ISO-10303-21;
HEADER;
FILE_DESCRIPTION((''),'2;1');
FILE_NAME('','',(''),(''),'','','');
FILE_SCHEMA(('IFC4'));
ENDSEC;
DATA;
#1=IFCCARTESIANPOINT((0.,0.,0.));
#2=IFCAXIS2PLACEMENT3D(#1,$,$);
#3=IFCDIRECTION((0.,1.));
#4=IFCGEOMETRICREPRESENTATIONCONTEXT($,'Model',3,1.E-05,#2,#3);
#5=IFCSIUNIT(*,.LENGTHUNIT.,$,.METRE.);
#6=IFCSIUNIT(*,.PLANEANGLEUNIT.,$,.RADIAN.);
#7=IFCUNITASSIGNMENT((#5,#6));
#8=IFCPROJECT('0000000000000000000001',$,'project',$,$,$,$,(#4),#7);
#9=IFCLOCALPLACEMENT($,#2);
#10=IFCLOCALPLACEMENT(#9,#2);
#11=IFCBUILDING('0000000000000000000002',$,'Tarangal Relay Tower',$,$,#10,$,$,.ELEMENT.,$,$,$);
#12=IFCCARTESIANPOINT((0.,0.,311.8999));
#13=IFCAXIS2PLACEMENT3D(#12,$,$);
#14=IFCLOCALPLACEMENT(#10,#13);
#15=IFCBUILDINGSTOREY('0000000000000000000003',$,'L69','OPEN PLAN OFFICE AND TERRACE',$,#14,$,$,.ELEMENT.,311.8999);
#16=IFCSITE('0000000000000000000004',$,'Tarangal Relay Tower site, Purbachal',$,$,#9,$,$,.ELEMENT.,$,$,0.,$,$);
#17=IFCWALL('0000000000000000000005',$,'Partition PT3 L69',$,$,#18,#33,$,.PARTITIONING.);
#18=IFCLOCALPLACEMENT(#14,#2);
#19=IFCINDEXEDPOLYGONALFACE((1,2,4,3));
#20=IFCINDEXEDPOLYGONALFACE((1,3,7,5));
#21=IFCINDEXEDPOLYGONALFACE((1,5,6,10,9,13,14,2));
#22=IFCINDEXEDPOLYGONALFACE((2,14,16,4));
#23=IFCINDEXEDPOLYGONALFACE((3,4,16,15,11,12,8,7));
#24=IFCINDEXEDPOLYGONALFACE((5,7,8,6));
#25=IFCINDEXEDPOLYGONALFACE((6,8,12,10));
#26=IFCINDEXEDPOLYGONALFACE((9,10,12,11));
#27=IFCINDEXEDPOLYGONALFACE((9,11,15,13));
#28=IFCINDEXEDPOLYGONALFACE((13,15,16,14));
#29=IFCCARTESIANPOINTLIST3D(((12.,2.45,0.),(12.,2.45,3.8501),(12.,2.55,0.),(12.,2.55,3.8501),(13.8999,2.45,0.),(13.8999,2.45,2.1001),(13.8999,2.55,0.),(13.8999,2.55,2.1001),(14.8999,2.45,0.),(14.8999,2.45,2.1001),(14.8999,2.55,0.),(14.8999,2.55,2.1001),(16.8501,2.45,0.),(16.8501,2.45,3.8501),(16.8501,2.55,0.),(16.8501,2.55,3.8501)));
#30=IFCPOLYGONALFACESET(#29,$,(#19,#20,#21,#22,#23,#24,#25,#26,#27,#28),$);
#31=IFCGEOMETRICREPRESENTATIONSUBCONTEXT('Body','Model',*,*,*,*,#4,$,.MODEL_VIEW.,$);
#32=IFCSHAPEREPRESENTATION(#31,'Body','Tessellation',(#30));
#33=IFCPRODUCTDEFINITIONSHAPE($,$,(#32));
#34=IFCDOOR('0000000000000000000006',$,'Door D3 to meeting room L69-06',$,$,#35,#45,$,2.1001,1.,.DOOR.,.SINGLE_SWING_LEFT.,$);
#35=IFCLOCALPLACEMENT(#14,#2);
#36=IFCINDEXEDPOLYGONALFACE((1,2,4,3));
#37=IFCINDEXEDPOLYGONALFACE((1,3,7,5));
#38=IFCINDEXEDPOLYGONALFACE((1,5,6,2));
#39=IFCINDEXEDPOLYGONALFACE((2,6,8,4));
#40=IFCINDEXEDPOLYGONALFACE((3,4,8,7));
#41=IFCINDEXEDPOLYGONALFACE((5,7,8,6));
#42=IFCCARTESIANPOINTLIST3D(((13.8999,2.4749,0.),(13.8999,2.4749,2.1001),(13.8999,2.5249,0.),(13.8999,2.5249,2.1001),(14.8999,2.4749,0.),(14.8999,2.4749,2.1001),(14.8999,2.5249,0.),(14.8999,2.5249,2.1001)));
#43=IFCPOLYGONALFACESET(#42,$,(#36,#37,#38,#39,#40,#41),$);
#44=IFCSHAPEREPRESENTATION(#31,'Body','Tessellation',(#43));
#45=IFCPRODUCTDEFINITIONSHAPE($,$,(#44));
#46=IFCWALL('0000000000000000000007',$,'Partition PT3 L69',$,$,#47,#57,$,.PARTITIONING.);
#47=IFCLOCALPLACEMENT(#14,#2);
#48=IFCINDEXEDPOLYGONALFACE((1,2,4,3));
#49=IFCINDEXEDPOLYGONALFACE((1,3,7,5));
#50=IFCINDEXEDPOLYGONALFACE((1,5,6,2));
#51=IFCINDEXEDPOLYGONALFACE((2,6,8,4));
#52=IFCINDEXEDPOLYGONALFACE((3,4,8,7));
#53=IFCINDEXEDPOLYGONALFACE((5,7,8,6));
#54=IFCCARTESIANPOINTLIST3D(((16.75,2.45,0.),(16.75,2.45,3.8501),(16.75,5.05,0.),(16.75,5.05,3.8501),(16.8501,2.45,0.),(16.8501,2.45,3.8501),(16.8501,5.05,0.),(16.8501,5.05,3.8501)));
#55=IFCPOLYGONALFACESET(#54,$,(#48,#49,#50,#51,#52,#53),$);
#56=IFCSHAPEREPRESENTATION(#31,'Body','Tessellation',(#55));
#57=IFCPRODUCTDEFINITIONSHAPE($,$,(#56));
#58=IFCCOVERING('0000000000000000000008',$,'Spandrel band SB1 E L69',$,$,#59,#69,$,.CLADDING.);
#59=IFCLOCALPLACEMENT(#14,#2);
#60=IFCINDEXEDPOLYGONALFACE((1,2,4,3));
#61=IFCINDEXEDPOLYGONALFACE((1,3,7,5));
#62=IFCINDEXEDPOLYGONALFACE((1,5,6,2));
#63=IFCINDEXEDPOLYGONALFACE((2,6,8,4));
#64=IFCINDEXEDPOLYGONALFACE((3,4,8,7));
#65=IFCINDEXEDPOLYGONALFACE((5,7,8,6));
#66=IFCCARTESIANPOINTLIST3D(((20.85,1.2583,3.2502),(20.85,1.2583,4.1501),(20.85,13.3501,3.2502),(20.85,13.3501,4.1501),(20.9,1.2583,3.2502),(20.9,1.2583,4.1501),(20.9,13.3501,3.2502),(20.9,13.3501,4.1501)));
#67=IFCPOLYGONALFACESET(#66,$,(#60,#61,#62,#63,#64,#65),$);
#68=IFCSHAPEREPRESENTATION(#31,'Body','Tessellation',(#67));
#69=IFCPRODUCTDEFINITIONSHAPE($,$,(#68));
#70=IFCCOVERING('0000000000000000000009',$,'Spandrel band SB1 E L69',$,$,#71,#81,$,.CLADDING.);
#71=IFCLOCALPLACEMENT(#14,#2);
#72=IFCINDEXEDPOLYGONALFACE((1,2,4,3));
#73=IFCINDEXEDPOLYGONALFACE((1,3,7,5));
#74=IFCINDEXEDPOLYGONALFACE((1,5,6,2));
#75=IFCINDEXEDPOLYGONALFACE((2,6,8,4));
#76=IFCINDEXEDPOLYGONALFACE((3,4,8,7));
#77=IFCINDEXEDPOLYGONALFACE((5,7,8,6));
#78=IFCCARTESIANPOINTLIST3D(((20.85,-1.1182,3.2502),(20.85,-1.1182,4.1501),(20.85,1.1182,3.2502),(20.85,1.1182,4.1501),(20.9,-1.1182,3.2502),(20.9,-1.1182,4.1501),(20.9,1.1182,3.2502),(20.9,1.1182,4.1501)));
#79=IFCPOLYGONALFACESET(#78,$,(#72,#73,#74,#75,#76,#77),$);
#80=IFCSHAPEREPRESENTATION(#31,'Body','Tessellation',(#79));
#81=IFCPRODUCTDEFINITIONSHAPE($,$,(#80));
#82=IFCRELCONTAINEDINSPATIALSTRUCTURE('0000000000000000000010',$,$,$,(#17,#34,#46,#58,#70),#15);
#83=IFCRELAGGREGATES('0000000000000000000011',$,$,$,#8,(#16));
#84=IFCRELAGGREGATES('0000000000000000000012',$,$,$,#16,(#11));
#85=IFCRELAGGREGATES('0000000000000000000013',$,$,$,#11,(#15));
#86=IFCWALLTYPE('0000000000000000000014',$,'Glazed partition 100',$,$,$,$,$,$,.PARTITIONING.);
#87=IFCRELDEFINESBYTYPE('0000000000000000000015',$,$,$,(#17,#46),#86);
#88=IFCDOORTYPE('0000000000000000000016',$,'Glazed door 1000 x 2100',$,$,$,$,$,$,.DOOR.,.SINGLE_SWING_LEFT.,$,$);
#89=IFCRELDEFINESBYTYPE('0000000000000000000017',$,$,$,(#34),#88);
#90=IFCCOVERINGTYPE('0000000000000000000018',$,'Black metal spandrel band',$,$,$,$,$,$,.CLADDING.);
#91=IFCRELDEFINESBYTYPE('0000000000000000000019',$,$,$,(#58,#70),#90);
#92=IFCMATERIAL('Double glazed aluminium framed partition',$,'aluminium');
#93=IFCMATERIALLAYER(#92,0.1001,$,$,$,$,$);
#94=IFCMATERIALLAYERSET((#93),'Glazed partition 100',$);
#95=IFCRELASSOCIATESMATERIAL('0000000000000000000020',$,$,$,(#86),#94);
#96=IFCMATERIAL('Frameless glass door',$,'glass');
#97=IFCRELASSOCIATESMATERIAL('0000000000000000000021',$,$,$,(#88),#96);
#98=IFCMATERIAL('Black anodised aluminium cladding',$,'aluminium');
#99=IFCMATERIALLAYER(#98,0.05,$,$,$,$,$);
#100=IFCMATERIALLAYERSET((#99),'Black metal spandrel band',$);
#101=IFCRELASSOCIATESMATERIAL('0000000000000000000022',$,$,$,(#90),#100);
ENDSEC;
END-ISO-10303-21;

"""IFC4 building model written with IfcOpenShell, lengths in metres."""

from ifc_helpers import new_model, si_unit, direction, frame, frame_2d, origin, origin_2d, place, context, subcontext, project, spatial, rectangle, extrude, material, layer, layer_set, type_object, element, fill, save


model = new_model("IFC4")

# Units and contexts
model_context = context("Model", 3, precision=1e-05, world=origin(), true_north=direction((0.0, 1.0)))
body_context = subcontext(model_context, "Body", "Model", "MODEL_VIEW")
ifc_project = project(units=[si_unit("LENGTHUNIT", "METRE"), si_unit("PLANEANGLEUNIT", "RADIAN")], contexts=[model_context])

# Site, building, storey
site_placement = place(None, origin())
site = spatial("IfcSite", under=ifc_project, at=site_placement, Name="Tarangal Relay Tower site, Purbachal", CompositionType="ELEMENT", RefElevation=0.0)
building_placement = place(site_placement, origin())
building = spatial("IfcBuilding", under=site, at=building_placement, Name="Tarangal Relay Tower", CompositionType="ELEMENT")
storey_placement = place(building_placement, frame((0.0, 0.0, 311.8999)))
storey = spatial("IfcBuildingStorey", under=building, at=storey_placement, Name="L69", Description="OPEN PLAN OFFICE AND TERRACE", CompositionType="ELEMENT", Elevation=311.8999)

# Wall, opening, door
ifc_material_1 = material(Name="Double glazed aluminium framed partition", Category="aluminium")
ifc_layer_1 = layer(ifc_material_1, 0.1001)
ifc_layer_set_1 = layer_set([ifc_layer_1], Name="Glazed partition 100")
wall_type_1 = type_object("IfcWallType", Name="Glazed partition 100", PredefinedType="PARTITIONING", material=ifc_layer_set_1)
wall_1_placement = place(storey_placement, frame((12.0, 2.5, 0.0), z_axis=(0.0, 0.0, 1.0), x_axis=(1.0, 0.0, 0.0)))
wall_1 = element("IfcWall", 1, at=wall_1_placement, inside=storey, type_object=wall_type_1, Name="Partition PT3 L69", PredefinedType="PARTITIONING", context=body_context, shape_type="SweptSolid", body=[
    extrude(rectangle(XDim=4.8501, YDim=0.1001, at=frame_2d((2.425, 0.0))), origin(), (0.0, 0.0, 1.0), 3.8501),
])
opening_1_placement = place(wall_1_placement, frame((1.8999, 0.0, 0.0)))
opening_1 = element("IfcOpeningElement", 2, at=opening_1_placement, cuts=wall_1, PredefinedType="OPENING", context=body_context, shape_type="SweptSolid", body=[
    extrude(rectangle(XDim=1.0, YDim=2.1001, at=frame_2d((0.5, 1.05))), frame((0.0, 0.0601, 0.0), z_axis=(0.0, -1.0, 0.0), x_axis=(1.0, 0.0, 0.0)), (0.0, 0.0, 1.0), 0.1201),
])
ifc_material_2 = material(Name="Frameless glass door", Category="glass")
door_type_1 = type_object("IfcDoorType", Name="Glazed door 1000 x 2100", OperationType="SINGLE_SWING_LEFT", PredefinedType="DOOR", material=ifc_material_2)
door_1_placement = place(opening_1_placement, origin())
door_1 = element("IfcDoor", 3, at=door_1_placement, inside=storey, type_object=door_type_1, Name="Door D3 to meeting room L69-06", OperationType="SINGLE_SWING_LEFT", OverallHeight=2.1001, OverallWidth=1.0, PredefinedType="DOOR", context=body_context, shape_type="SweptSolid", body=[
    extrude(rectangle(XDim=1.0, YDim=2.1001, at=frame_2d((0.5, 1.05))), frame((0.0, 0.0249, 0.0), z_axis=(0.0, -1.0, 0.0), x_axis=(1.0, 0.0, 0.0)), (0.0, 0.0, 1.0), 0.05),
])
fill(opening_1, door_1)

# Wall
wall_2_placement = place(storey_placement, frame((16.8, 2.45, 0.0), z_axis=(0.0, 0.0, 1.0), x_axis=(0.0, 1.0, 0.0)))
element("IfcWall", 4, at=wall_2_placement, inside=storey, type_object=wall_type_1, Name="Partition PT3 L69", PredefinedType="PARTITIONING", context=body_context, shape_type="SweptSolid", body=[
    extrude(rectangle(XDim=2.6001, YDim=0.1001, at=frame_2d((1.3, 0.0))), origin(), (0.0, 0.0, 1.0), 3.8501),
])

# Coverings
ifc_material_3 = material(Name="Black anodised aluminium cladding", Category="aluminium")
ifc_layer_2 = layer(ifc_material_3, 0.05)
ifc_layer_set_2 = layer_set([ifc_layer_2], Name="Black metal spandrel band")
covering_type = type_object("IfcCoveringType", Name="Black metal spandrel band", PredefinedType="CLADDING", material=ifc_layer_set_2)
covering_1_placement = place(storey_placement, frame((20.875, 7.3042, 3.2502), z_axis=(0.0, 0.0, 1.0), x_axis=(0.0, -1.0, 0.0)))
element("IfcCovering", 5, at=covering_1_placement, inside=storey, type_object=covering_type, Name="Spandrel band SB1 E L69", PredefinedType="CLADDING", context=body_context, shape_type="SweptSolid", body=[
    extrude(rectangle(XDim=12.0918, YDim=0.05, at=origin_2d()), origin(), (0.0, 0.0, 1.0), 0.8999),
])
covering_2_placement = place(storey_placement, frame((20.875, 0.0, 3.2502), z_axis=(0.0, 0.0, 1.0), x_axis=(0.0, -1.0, 0.0)))
element("IfcCovering", 6, at=covering_2_placement, inside=storey, type_object=covering_type, Name="Spandrel band SB1 E L69", PredefinedType="CLADDING", context=body_context, shape_type="SweptSolid", body=[
    extrude(rectangle(XDim=2.2363, YDim=0.05, at=origin_2d()), origin(), (0.0, 0.0, 1.0), 0.8999),
])

save(model, "model.ifc")
